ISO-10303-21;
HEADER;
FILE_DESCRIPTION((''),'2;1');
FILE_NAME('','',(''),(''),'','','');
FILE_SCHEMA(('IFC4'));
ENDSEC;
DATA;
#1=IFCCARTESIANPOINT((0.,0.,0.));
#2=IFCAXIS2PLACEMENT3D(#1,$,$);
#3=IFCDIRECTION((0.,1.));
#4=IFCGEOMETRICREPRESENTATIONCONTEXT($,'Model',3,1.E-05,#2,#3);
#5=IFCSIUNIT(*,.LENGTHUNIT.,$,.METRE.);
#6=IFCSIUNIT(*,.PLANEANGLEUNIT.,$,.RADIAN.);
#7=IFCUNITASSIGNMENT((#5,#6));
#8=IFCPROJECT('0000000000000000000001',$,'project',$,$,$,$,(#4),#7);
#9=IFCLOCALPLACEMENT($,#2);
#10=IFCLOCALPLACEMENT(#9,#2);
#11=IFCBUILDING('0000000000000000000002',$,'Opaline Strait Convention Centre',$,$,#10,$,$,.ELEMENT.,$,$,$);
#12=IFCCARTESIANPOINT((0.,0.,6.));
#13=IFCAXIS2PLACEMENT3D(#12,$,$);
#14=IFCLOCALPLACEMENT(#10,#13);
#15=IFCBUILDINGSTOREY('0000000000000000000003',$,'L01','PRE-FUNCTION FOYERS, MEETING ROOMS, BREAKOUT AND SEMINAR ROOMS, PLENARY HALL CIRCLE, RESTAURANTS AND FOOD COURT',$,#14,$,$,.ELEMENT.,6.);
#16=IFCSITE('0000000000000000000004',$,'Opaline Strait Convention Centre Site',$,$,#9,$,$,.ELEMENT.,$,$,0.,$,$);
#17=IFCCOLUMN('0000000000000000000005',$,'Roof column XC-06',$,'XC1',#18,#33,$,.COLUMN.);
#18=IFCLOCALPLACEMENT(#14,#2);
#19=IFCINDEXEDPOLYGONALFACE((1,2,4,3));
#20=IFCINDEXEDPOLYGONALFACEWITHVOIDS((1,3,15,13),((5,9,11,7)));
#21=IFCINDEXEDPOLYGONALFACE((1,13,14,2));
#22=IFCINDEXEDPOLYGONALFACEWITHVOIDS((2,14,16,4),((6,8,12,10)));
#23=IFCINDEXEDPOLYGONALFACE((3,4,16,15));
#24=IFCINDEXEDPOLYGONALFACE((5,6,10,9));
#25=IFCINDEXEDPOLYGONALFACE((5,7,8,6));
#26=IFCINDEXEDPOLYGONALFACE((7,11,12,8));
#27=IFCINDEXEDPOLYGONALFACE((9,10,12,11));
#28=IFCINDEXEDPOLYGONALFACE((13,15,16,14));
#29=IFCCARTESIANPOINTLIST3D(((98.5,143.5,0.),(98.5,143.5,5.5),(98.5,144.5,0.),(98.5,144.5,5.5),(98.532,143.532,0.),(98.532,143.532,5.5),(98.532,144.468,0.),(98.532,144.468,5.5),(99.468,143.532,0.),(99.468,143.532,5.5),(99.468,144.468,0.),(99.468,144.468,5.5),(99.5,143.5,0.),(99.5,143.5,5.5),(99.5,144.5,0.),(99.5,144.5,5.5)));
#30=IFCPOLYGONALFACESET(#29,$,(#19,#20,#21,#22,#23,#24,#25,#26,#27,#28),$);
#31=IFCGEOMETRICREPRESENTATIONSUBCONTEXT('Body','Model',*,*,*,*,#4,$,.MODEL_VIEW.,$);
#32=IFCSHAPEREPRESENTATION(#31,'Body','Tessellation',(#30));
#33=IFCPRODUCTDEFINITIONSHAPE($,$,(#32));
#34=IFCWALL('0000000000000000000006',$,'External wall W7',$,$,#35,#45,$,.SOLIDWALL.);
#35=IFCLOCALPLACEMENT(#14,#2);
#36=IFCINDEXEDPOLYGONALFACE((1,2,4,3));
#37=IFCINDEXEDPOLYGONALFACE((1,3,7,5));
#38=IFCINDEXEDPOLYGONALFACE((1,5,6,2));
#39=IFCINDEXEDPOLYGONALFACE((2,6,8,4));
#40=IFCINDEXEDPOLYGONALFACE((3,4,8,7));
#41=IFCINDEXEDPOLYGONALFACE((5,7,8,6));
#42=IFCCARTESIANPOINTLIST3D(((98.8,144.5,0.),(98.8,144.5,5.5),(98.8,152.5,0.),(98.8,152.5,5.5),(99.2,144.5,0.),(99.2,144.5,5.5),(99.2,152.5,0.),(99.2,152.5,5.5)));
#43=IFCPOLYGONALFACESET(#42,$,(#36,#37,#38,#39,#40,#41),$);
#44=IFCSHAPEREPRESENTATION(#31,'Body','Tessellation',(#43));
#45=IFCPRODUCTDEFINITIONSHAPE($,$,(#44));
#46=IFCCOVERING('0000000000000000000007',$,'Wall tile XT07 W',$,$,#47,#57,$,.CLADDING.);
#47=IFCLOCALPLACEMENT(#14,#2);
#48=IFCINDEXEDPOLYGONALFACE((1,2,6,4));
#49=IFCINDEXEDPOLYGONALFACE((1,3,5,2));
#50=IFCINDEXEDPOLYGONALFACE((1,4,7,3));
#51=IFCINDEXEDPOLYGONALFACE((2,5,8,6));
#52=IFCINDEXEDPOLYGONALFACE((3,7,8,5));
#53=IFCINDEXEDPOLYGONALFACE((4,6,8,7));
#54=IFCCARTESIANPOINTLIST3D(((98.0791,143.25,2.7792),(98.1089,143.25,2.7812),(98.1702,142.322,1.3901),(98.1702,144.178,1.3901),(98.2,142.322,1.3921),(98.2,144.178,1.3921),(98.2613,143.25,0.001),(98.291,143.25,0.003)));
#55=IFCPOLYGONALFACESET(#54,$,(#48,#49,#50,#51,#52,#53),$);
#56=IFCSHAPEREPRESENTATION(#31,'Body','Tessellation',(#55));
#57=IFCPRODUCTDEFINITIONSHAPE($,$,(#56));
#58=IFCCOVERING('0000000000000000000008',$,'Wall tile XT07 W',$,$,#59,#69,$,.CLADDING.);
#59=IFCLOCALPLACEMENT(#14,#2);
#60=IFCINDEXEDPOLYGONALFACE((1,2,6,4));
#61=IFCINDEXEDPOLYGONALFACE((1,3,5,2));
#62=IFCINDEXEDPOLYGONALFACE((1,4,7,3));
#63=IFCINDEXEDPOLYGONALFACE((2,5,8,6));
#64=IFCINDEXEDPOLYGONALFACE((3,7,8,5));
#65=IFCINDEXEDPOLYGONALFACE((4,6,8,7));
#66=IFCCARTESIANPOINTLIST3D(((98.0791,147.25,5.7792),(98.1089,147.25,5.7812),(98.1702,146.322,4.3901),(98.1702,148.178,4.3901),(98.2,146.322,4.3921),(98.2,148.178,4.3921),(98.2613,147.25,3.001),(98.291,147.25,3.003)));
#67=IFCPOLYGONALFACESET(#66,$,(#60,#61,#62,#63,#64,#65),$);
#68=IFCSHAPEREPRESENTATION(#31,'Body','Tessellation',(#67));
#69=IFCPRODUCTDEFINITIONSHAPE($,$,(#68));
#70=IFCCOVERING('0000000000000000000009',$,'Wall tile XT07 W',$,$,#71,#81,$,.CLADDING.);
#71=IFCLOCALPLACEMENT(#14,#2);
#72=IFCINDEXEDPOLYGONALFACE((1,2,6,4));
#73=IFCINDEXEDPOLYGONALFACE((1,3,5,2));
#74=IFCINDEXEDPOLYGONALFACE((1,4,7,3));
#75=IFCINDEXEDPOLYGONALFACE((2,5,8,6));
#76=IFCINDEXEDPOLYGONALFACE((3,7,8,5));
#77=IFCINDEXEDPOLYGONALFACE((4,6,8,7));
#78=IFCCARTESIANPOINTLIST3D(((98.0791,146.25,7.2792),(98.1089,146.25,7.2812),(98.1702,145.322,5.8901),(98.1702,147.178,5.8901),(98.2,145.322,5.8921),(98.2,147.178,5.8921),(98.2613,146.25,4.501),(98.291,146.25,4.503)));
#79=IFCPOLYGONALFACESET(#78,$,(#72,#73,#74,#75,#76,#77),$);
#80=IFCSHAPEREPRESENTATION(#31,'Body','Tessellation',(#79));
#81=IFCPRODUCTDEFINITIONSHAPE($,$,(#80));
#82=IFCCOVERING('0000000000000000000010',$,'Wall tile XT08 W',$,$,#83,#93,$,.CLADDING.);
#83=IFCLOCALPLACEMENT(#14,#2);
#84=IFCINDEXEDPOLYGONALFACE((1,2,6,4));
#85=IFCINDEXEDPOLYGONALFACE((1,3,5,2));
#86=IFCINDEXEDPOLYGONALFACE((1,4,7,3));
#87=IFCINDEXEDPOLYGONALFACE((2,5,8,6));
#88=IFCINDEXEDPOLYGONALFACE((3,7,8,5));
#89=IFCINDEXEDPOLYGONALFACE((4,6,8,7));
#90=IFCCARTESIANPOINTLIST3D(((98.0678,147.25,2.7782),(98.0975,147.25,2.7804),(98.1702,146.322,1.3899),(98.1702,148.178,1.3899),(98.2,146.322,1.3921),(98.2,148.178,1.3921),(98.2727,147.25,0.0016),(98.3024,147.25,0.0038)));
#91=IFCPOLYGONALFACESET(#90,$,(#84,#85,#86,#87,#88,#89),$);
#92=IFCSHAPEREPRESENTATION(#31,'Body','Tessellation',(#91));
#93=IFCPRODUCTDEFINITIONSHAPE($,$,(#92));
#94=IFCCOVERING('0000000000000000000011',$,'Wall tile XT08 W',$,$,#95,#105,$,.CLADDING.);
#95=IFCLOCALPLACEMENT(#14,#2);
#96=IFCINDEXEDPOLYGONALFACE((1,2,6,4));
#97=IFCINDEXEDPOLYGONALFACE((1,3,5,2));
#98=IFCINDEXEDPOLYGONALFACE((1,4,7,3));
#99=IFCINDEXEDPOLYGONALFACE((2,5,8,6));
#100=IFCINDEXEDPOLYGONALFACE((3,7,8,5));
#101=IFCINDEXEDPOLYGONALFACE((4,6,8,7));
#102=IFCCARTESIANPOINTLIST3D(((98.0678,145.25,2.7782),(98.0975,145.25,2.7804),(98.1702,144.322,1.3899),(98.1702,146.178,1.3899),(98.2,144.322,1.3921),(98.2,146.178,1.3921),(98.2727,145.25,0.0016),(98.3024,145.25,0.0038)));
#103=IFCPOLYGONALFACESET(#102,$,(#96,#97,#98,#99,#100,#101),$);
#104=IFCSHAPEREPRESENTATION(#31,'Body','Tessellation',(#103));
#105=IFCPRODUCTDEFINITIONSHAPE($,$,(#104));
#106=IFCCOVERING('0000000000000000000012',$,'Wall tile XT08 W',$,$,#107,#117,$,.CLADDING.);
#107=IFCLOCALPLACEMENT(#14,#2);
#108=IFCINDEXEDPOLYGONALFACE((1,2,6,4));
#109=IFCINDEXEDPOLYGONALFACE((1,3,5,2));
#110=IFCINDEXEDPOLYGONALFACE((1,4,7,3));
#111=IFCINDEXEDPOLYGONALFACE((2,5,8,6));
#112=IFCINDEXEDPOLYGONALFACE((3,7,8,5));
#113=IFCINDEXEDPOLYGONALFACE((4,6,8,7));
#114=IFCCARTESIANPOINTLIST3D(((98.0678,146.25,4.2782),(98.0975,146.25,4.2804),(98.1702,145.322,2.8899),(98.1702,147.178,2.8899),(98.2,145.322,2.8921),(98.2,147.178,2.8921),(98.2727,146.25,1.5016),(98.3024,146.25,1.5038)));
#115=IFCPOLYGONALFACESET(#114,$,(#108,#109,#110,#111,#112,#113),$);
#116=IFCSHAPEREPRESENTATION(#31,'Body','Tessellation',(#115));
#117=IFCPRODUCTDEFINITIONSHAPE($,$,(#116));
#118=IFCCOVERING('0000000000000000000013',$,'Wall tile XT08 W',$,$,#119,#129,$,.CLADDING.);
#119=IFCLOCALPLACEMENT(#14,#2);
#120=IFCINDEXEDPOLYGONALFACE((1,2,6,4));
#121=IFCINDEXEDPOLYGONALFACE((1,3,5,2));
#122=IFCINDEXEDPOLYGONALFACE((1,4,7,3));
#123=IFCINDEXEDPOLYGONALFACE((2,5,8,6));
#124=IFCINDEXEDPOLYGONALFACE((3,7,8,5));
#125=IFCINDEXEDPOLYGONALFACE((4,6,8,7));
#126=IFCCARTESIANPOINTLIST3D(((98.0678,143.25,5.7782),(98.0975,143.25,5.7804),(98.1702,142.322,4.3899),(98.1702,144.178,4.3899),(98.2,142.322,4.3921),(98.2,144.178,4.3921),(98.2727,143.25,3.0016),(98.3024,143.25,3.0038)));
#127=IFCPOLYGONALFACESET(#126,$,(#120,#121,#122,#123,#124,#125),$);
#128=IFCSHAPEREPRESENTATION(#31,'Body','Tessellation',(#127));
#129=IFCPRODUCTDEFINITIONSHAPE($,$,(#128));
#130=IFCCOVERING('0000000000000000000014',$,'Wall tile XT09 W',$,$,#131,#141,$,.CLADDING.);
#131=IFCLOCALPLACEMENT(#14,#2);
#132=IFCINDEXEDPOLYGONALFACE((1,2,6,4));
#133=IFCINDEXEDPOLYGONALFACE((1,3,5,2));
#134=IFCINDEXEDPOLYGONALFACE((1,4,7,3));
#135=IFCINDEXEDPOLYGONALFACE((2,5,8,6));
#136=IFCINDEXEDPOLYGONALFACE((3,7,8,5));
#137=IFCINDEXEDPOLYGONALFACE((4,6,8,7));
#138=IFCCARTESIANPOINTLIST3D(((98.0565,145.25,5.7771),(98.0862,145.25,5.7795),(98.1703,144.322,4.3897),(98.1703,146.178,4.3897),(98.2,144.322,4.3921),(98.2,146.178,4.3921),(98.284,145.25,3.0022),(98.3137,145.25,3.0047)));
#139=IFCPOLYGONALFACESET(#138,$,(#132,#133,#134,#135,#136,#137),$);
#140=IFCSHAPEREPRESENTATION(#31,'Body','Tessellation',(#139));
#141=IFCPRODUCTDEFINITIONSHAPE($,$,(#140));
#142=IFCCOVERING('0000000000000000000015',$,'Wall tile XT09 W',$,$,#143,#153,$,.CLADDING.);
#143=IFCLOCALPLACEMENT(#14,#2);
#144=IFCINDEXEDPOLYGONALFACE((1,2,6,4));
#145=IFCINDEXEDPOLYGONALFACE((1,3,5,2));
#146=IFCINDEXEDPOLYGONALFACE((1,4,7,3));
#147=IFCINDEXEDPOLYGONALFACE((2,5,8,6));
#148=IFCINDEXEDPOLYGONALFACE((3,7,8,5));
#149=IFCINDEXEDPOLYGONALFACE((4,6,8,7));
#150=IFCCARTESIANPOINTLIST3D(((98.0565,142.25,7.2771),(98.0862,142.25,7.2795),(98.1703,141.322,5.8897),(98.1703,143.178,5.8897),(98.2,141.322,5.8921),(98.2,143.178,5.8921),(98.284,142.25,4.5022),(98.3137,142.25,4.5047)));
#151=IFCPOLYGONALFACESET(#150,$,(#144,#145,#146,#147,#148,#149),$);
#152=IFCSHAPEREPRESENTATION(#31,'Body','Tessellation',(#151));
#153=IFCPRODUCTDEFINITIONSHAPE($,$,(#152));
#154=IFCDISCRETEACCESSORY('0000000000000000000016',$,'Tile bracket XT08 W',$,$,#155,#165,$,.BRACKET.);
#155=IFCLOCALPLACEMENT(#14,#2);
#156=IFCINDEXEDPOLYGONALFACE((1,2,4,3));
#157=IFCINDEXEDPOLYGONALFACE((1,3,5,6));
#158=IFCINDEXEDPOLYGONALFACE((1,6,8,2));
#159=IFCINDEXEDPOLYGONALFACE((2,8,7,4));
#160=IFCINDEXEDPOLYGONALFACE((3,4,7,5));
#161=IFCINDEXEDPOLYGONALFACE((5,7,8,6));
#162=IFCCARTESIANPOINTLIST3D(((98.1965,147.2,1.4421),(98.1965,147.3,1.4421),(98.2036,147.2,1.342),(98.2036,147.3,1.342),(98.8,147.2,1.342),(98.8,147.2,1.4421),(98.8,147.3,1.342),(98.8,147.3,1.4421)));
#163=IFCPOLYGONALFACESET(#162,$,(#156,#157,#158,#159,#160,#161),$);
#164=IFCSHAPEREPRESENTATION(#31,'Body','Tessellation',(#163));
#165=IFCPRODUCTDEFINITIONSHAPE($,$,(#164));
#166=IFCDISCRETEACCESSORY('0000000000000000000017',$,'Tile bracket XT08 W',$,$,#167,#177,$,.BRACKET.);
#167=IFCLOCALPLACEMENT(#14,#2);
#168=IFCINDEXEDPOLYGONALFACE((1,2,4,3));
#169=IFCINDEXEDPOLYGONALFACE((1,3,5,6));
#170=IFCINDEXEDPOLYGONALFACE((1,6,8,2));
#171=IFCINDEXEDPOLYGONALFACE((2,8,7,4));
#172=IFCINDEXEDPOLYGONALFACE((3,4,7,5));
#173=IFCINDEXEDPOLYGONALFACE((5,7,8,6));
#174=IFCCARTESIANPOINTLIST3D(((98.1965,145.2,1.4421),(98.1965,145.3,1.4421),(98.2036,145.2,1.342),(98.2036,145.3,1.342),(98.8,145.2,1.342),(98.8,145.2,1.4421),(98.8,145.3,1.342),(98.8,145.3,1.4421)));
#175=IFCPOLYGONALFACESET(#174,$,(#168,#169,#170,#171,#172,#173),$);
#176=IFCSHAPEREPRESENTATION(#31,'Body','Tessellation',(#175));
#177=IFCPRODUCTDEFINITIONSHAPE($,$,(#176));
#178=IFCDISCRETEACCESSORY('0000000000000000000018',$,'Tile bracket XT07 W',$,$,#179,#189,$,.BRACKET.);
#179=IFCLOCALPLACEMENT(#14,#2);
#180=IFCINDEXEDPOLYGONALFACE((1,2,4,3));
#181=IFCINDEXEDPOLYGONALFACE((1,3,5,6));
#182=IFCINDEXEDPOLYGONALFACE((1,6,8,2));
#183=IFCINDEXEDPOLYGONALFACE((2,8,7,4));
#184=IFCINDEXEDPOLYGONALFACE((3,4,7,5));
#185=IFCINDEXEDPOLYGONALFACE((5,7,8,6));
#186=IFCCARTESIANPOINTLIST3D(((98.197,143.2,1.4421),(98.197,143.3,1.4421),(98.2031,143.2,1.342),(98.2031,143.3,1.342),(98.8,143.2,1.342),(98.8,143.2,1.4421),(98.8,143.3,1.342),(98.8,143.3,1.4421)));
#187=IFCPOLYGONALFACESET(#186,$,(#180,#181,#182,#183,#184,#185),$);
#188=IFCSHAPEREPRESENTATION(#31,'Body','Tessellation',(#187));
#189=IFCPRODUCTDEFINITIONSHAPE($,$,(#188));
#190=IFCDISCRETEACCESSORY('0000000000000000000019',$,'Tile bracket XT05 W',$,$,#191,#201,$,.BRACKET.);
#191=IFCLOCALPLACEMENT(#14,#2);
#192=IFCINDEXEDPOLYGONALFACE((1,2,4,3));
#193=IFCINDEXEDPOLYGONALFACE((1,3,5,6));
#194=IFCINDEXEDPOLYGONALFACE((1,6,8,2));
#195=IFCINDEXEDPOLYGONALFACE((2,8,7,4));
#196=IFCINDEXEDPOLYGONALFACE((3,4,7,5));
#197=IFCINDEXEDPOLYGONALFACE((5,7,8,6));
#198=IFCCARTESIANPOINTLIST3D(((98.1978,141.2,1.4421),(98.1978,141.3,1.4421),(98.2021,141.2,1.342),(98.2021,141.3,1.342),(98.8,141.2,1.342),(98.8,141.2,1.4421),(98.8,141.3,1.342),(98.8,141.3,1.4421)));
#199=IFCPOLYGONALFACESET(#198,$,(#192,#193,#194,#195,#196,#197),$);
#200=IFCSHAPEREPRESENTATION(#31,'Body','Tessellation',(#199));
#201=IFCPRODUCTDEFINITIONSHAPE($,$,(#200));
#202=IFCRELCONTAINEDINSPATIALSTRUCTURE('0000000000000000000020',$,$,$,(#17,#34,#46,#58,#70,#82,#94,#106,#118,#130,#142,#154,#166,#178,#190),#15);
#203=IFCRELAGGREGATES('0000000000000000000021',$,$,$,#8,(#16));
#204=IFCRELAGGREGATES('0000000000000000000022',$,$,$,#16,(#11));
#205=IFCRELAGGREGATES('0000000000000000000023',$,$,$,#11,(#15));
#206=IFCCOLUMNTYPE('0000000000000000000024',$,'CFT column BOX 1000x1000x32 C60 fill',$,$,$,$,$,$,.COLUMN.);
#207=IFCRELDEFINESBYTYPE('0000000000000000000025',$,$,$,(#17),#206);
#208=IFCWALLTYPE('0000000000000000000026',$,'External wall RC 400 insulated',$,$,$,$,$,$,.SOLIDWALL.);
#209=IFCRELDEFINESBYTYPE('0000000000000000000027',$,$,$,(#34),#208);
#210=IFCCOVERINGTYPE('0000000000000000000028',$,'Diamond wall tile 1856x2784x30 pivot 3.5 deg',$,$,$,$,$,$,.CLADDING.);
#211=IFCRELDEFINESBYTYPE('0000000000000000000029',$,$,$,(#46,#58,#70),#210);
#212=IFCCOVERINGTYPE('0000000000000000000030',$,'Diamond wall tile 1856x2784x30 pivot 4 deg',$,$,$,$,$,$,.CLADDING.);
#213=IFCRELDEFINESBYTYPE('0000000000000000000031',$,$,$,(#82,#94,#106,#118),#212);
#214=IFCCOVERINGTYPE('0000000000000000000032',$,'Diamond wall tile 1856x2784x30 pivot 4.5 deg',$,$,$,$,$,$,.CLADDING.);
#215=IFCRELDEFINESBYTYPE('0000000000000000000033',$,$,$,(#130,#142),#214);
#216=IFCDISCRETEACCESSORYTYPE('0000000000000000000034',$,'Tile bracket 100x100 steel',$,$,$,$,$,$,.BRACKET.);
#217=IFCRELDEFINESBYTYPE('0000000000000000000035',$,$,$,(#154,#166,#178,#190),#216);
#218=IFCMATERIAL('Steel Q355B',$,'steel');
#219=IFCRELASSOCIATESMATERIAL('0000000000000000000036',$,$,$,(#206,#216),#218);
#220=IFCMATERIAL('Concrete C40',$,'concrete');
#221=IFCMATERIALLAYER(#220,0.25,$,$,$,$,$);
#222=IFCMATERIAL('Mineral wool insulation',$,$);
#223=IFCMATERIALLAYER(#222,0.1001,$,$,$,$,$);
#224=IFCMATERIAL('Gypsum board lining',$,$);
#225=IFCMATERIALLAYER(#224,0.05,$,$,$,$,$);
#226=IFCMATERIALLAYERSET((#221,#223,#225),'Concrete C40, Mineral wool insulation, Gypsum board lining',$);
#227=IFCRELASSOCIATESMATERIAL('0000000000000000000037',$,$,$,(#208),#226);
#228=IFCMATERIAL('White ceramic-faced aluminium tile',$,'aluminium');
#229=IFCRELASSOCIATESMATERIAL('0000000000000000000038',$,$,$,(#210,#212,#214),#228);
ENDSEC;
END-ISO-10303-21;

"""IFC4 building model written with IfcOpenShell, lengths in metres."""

from ifc_helpers import new_model, si_unit, direction, frame, frame_2d, origin, origin_2d, place, context, subcontext, project, spatial, polyline, rectangle, hollow_rectangle, outline, extrude, material, layer, layer_set, material_profile, profile_set, type_object, element, save


model = new_model("IFC4")

# Units and contexts
model_context = context("Model", 3, precision=1e-05, world=origin(), true_north=direction((0.0, 1.0)))
body_context = subcontext(model_context, "Body", "Model", "MODEL_VIEW")
ifc_project = project(units=[si_unit("LENGTHUNIT", "METRE"), si_unit("PLANEANGLEUNIT", "RADIAN")], contexts=[model_context])

# Site, building, storey
site_placement = place(None, origin())
site = spatial("IfcSite", under=ifc_project, at=site_placement, Name="Opaline Strait Convention Centre Site", CompositionType="ELEMENT", RefElevation=0.0)
building_placement = place(site_placement, origin())
building = spatial("IfcBuilding", under=site, at=building_placement, Name="Opaline Strait Convention Centre", CompositionType="ELEMENT")
storey_placement = place(building_placement, frame((0.0, 0.0, 6.0)))
storey = spatial("IfcBuildingStorey", under=building, at=storey_placement, Name="L01", Description="PRE-FUNCTION FOYERS, MEETING ROOMS, BREAKOUT AND SEMINAR ROOMS, PLENARY HALL CIRCLE, RESTAURANTS AND FOOD COURT", CompositionType="ELEMENT", Elevation=6.0)

# Column
ifc_material_1 = material(Name="Steel Q355B", Category="steel")
ifc_material_profile_1 = material_profile(ifc_material_1, hollow_rectangle(XDim=1.0, YDim=1.0, WallThickness=0.032, at=origin_2d()), Name="BOX 1000x1000x32")
ifc_profile_set_1 = profile_set([ifc_material_profile_1], Name="Steel Q355B")
column_type = type_object("IfcColumnType", Name="CFT column BOX 1000x1000x32 C60 fill", PredefinedType="COLUMN", material=ifc_profile_set_1)
column_placement = place(storey_placement, frame((99.0, 144.0, 0.0), z_axis=(0.0, 0.0, 1.0), x_axis=(1.0, 0.0, 0.0)))
element("IfcColumn", 1, at=column_placement, inside=storey, type_object=column_type, Name="Roof column XC-06", ObjectType="XC1", PredefinedType="COLUMN", context=body_context, shape_type="SweptSolid", body=[
    extrude(hollow_rectangle(XDim=1.0, YDim=1.0, WallThickness=0.032, at=origin_2d()), origin(), (0.0, 0.0, 1.0), 5.5),
])

# Wall
ifc_material_2 = material(Name="Concrete C40", Category="concrete")
ifc_layer_1 = layer(ifc_material_2, 0.25)
ifc_material_3 = material(Name="Mineral wool insulation")
ifc_layer_2 = layer(ifc_material_3, 0.1001)
ifc_material_4 = material(Name="Gypsum board lining")
ifc_layer_3 = layer(ifc_material_4, 0.05)
ifc_layer_set = layer_set([ifc_layer_1, ifc_layer_2, ifc_layer_3], Name="Concrete C40, Mineral wool insulation, Gypsum board lining")
wall_type = type_object("IfcWallType", Name="External wall RC 400 insulated", PredefinedType="SOLIDWALL", material=ifc_layer_set)
wall_placement = place(storey_placement, frame((99.0, 144.5, 0.0), z_axis=(0.0, 0.0, 1.0), x_axis=(0.0, 1.0, 0.0)))
element("IfcWall", 2, at=wall_placement, inside=storey, type_object=wall_type, Name="External wall W7", PredefinedType="SOLIDWALL", context=body_context, shape_type="SweptSolid", body=[
    extrude(rectangle(XDim=8.0, YDim=0.3999, at=frame_2d((4.0, 0.0))), origin(), (0.0, 0.0, 1.0), 5.5),
])

# Coverings
ifc_material_5 = material(Name="White ceramic-faced aluminium tile", Category="aluminium")
ifc_material_profile_2 = material_profile(ifc_material_5, outline(polyline([(0.928, 0.0), (0.0, 1.3921), (-0.928, 0.0), (0.0, -1.3921), (0.928, 0.0)])), Name="Diamond tile 1856x2784")
ifc_profile_set_2 = profile_set([ifc_material_profile_2], Name="White ceramic-faced aluminium tile")
covering_type_1 = type_object("IfcCoveringType", Name="Diamond wall tile 1856x2784x30 pivot 3.5 deg", PredefinedType="CLADDING", material=ifc_profile_set_2)
for number, where, z_axis, x_axis, name in (
    (3, (98.2, 143.25, 1.3921), (-0.997857, 0.0, -0.065433), (0.0, -1.0, 0.0), "Wall tile XT07 W"),
    (4, (98.2, 147.25, 4.3921), (-0.997857, 0.0, -0.065433), (0.0, -1.0, 0.0), "Wall tile XT07 W"),
    (5, (98.2, 146.25, 5.8921), (-0.997857, 0.0, -0.065433), (0.0, -1.0, 0.0), "Wall tile XT07 W"),
):
    element("IfcCovering", number, at=place(storey_placement, frame(where, z_axis=z_axis, x_axis=x_axis)), inside=storey, type_object=covering_type_1, Name=name, PredefinedType="CLADDING", context=body_context, shape_type="SweptSolid", body=[
        extrude(outline(polyline([(0.928, 0.0), (0.0, 1.3921), (-0.928, 0.0), (0.0, -1.3921), (0.928, 0.0)])), origin(), (0.0, 0.0, 1.0), 0.0298),
    ])
ifc_material_profile_3 = material_profile(ifc_material_5, outline(polyline([(0.928, 0.0), (0.0, 1.3921), (-0.928, 0.0), (0.0, -1.3921), (0.928, 0.0)])), Name="Diamond tile 1856x2784")
ifc_profile_set_3 = profile_set([ifc_material_profile_3], Name="White ceramic-faced aluminium tile")
covering_type_2 = type_object("IfcCoveringType", Name="Diamond wall tile 1856x2784x30 pivot 4 deg", PredefinedType="CLADDING", material=ifc_profile_set_3)
for number, where, z_axis, x_axis, name in (
    (6, (98.2, 147.25, 1.3921), (-0.99729, 0.0, -0.073571), (0.0, -1.0, 0.0), "Wall tile XT08 W"),
    (7, (98.2, 145.25, 1.3921), (-0.99729, 0.0, -0.073571), (0.0, -1.0, 0.0), "Wall tile XT08 W"),
    (8, (98.2, 146.25, 2.8921), (-0.99729, 0.0, -0.073571), (0.0, -1.0, 0.0), "Wall tile XT08 W"),
    (9, (98.2, 143.25, 4.3921), (-0.99729, 0.0, -0.073571), (0.0, -1.0, 0.0), "Wall tile XT08 W"),
):
    element("IfcCovering", number, at=place(storey_placement, frame(where, z_axis=z_axis, x_axis=x_axis)), inside=storey, type_object=covering_type_2, Name=name, PredefinedType="CLADDING", context=body_context, shape_type="SweptSolid", body=[
        extrude(outline(polyline([(0.928, 0.0), (0.0, 1.3921), (-0.928, 0.0), (0.0, -1.3921), (0.928, 0.0)])), origin(), (0.0, 0.0, 1.0), 0.0298),
    ])
ifc_material_profile_4 = material_profile(ifc_material_5, outline(polyline([(0.928, 0.0), (0.0, 1.3921), (-0.928, 0.0), (0.0, -1.3921), (0.928, 0.0)])), Name="Diamond tile 1856x2784")
ifc_profile_set_4 = profile_set([ifc_material_profile_4], Name="White ceramic-faced aluminium tile")
covering_type_3 = type_object("IfcCoveringType", Name="Diamond wall tile 1856x2784x30 pivot 4.5 deg", PredefinedType="CLADDING", material=ifc_profile_set_4)
for number, where, z_axis, x_axis, name in (
    (10, (98.2, 145.25, 4.3921), (-0.996658, 0.0, -0.081693), (0.0, -1.0, 0.0), "Wall tile XT09 W"),
    (11, (98.2, 142.25, 5.8921), (-0.996658, 0.0, -0.081693), (0.0, -1.0, 0.0), "Wall tile XT09 W"),
):
    element("IfcCovering", number, at=place(storey_placement, frame(where, z_axis=z_axis, x_axis=x_axis)), inside=storey, type_object=covering_type_3, Name=name, PredefinedType="CLADDING", context=body_context, shape_type="SweptSolid", body=[
        extrude(outline(polyline([(0.928, 0.0), (0.0, 1.3921), (-0.928, 0.0), (0.0, -1.3921), (0.928, 0.0)])), origin(), (0.0, 0.0, 1.0), 0.0298),
    ])

# Discrete accessories
discrete_accessory_type = type_object("IfcDiscreteAccessoryType", Name="Tile bracket 100x100 steel", PredefinedType="BRACKET", material=ifc_material_1)
for number, where, z_axis, x_axis, name in (
    (12, (98.8, 147.3, 1.3921), (0.0, -1.0, 0.0), (1.0, 0.0, 0.0), "Tile bracket XT08 W"),
    (13, (98.8, 145.3, 1.3921), (0.0, -1.0, 0.0), (1.0, 0.0, 0.0), "Tile bracket XT08 W"),
):
    element("IfcDiscreteAccessory", number, at=place(storey_placement, frame(where, z_axis=z_axis, x_axis=x_axis)), inside=storey, type_object=discrete_accessory_type, Name=name, PredefinedType="BRACKET", context=body_context, shape_type="SweptSolid", body=[
        extrude(outline(polyline([(0.0, -0.05), (0.0, 0.05), (-0.6035, 0.05), (-0.5964, -0.05), (0.0, -0.05)])), origin(), (0.0, 0.0, 1.0), 0.1001),
    ])
discrete_accessory_1_placement = place(storey_placement, frame((98.8, 143.3, 1.3921), z_axis=(0.0, -1.0, 0.0), x_axis=(1.0, 0.0, 0.0)))
element("IfcDiscreteAccessory", 14, at=discrete_accessory_1_placement, inside=storey, type_object=discrete_accessory_type, Name="Tile bracket XT07 W", PredefinedType="BRACKET", context=body_context, shape_type="SweptSolid", body=[
    extrude(outline(polyline([(0.0, -0.05), (0.0, 0.05), (-0.603, 0.05), (-0.5969, -0.05), (0.0, -0.05)])), origin(), (0.0, 0.0, 1.0), 0.1001),
])
discrete_accessory_2_placement = place(storey_placement, frame((98.8, 141.3, 1.3921), z_axis=(0.0, -1.0, 0.0), x_axis=(1.0, 0.0, 0.0)))
element("IfcDiscreteAccessory", 15, at=discrete_accessory_2_placement, inside=storey, type_object=discrete_accessory_type, Name="Tile bracket XT05 W", PredefinedType="BRACKET", context=body_context, shape_type="SweptSolid", body=[
    extrude(outline(polyline([(0.0, -0.05), (0.0, 0.05), (-0.6023, 0.05), (-0.5979, -0.05), (0.0, -0.05)])), origin(), (0.0, 0.0, 1.0), 0.1001),
])

save(model, "model.ifc")
